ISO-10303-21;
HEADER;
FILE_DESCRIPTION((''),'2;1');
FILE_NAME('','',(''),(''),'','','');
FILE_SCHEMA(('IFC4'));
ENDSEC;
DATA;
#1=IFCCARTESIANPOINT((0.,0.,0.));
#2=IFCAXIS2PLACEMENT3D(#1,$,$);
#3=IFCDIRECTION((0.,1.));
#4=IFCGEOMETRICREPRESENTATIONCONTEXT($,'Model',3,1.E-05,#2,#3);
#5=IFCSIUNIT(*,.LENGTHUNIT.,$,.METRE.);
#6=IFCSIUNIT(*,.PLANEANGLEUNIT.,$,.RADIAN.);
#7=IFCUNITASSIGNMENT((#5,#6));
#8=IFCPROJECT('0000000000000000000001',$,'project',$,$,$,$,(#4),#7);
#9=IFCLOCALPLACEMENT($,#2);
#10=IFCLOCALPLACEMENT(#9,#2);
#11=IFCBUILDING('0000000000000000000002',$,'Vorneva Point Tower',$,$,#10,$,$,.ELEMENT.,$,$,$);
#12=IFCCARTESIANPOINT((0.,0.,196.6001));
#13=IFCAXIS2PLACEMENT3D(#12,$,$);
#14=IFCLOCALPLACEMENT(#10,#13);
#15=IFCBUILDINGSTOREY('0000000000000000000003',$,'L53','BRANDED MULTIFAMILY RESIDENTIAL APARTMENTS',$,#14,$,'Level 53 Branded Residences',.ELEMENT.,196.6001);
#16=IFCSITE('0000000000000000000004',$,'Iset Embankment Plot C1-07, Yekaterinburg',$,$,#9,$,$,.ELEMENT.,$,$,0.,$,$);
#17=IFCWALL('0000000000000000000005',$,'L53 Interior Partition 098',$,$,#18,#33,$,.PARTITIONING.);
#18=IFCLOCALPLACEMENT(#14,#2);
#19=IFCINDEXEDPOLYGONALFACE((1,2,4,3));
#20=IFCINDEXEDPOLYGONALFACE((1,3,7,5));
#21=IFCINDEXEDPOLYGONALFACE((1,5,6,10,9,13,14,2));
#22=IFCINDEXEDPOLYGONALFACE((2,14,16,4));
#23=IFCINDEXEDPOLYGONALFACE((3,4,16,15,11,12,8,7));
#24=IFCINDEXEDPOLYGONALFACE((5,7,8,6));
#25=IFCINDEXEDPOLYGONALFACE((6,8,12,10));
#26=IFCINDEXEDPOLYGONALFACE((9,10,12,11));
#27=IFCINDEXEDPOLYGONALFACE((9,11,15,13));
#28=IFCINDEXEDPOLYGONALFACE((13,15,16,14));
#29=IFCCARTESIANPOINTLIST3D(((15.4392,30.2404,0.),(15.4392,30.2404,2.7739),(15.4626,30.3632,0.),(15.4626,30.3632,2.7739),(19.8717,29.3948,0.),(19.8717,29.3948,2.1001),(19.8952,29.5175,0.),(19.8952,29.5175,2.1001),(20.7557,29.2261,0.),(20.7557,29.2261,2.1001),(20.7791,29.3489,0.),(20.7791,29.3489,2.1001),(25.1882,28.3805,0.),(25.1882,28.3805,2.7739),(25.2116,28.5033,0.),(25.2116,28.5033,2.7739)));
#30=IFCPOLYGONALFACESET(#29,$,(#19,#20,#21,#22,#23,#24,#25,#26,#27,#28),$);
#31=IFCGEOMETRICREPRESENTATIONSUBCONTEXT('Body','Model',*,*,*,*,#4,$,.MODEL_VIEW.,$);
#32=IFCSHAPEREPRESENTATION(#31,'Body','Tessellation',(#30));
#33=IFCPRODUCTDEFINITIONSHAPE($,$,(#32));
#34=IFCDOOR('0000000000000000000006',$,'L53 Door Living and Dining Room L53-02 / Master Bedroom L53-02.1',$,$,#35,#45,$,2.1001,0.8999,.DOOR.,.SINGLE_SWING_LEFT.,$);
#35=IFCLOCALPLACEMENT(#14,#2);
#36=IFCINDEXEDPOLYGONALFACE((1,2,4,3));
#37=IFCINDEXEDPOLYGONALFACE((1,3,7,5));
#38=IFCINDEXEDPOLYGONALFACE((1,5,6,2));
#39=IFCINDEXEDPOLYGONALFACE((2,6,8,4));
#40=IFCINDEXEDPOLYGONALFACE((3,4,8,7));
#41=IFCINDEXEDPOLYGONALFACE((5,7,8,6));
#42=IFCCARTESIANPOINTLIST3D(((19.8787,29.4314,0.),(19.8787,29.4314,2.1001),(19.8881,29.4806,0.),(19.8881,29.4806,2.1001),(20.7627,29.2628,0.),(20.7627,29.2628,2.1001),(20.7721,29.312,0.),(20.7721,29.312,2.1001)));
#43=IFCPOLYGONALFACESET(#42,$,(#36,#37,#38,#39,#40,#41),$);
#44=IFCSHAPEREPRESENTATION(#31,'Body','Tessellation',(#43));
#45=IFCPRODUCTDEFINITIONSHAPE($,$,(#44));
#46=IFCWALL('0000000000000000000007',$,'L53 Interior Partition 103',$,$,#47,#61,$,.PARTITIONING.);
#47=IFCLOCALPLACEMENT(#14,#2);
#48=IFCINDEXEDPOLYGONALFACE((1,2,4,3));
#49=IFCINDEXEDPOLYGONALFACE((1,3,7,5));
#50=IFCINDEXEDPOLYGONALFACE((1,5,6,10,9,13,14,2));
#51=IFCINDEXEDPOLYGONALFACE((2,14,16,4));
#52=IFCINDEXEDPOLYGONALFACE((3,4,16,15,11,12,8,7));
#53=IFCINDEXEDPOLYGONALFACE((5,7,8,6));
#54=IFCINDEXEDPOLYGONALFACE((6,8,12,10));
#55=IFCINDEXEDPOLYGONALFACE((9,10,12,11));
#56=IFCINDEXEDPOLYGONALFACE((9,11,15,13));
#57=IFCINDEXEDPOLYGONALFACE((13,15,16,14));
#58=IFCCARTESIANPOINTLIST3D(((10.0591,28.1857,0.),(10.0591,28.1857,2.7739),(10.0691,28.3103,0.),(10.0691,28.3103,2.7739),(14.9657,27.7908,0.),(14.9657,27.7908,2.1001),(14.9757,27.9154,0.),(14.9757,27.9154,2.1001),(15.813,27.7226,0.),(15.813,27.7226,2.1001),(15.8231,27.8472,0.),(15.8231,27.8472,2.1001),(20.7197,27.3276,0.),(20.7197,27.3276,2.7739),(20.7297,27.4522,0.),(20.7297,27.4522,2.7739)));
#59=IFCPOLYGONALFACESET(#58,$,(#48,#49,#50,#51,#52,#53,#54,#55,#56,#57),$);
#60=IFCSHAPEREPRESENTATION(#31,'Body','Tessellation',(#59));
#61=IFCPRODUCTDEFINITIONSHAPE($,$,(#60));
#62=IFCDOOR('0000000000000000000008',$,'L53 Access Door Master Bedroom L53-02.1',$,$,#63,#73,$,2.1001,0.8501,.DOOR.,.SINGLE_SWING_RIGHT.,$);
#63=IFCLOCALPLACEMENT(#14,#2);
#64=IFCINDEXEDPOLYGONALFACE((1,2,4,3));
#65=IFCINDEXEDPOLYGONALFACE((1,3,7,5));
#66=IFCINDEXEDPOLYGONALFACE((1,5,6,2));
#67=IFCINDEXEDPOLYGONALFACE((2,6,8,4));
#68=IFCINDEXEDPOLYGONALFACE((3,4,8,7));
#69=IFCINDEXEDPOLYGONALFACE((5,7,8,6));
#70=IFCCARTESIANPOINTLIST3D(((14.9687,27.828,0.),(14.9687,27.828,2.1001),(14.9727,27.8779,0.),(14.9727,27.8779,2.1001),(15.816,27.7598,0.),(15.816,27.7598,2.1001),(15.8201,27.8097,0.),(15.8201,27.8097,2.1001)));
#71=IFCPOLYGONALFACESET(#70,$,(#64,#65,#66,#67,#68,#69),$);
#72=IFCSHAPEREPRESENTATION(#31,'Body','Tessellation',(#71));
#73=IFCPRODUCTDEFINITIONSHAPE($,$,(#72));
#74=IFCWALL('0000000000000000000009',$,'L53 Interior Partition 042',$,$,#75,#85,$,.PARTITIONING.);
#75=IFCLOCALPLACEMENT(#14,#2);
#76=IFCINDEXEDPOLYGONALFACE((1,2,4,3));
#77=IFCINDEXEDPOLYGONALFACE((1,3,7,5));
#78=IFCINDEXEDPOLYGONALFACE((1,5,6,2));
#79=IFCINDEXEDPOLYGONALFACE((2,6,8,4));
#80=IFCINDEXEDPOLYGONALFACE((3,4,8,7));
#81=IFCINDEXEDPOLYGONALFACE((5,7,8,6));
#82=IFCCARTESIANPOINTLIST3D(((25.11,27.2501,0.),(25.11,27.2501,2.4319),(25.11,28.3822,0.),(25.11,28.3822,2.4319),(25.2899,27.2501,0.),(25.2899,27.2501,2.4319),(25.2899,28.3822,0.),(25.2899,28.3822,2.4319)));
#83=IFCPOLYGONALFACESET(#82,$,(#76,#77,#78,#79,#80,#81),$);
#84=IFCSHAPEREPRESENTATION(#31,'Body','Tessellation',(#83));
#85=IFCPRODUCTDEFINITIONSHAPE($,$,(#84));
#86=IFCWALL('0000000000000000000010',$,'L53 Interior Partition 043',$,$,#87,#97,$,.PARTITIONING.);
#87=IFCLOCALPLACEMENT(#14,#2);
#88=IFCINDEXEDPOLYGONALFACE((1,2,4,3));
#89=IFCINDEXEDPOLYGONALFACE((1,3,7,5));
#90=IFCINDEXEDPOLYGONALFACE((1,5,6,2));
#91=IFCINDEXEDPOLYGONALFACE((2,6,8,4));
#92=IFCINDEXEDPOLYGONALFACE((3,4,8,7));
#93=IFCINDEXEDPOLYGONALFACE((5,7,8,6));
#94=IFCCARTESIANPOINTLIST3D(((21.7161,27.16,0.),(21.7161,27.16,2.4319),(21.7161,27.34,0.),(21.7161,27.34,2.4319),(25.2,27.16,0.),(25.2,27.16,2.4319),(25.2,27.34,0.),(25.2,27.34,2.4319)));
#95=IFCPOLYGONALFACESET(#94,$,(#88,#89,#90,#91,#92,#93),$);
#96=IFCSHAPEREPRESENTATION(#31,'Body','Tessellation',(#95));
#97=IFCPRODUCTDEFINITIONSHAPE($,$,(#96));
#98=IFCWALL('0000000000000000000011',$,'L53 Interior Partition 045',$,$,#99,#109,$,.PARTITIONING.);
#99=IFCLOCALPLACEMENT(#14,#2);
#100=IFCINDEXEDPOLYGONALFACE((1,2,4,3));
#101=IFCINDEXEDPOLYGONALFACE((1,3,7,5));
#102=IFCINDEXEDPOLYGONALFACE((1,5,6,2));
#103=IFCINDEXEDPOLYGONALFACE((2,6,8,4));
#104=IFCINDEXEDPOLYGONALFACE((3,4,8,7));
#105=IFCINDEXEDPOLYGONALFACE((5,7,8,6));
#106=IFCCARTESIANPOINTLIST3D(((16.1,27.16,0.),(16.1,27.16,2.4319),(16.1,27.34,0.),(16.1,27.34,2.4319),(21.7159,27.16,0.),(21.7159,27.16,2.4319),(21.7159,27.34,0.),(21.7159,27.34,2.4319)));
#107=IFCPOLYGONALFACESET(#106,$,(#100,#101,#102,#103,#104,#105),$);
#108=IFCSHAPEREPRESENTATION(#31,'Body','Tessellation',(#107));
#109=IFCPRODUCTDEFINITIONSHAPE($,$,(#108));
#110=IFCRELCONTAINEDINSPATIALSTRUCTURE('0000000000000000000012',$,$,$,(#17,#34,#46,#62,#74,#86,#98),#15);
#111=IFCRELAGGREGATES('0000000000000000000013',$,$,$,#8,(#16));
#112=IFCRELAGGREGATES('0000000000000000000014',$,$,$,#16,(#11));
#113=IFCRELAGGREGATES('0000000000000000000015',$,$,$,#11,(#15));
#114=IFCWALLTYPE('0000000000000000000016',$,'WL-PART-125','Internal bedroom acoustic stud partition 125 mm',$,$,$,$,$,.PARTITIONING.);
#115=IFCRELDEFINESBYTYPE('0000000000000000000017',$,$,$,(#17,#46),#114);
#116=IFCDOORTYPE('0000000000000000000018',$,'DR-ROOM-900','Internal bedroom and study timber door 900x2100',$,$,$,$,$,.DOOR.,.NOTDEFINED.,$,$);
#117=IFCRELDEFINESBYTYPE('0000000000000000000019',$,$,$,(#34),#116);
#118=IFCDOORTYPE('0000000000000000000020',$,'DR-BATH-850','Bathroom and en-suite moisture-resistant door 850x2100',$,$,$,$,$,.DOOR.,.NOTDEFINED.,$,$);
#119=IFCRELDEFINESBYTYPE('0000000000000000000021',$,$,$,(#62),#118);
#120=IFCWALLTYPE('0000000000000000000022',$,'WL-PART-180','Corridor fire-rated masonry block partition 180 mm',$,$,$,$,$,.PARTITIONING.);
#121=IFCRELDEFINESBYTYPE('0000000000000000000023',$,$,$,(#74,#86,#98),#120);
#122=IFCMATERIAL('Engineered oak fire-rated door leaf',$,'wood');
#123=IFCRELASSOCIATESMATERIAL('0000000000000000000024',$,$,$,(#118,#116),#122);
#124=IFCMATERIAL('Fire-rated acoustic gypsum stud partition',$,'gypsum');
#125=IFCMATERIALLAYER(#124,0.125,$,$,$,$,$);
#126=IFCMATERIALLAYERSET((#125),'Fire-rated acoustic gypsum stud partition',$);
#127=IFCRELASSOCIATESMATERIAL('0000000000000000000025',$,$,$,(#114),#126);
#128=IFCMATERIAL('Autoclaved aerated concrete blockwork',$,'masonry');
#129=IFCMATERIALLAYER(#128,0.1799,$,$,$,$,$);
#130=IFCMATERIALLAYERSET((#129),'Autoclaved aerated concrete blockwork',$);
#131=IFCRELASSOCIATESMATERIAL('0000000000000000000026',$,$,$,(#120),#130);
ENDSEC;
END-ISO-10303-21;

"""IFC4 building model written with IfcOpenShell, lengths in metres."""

from ifc_helpers import new_model, si_unit, direction, frame, frame_2d, origin, place, context, subcontext, project, spatial, rectangle, extrude, material, layer, layer_set, type_object, element, fill, save


model = new_model("IFC4")

# Units and contexts
model_context = context("Model", 3, precision=1e-05, world=origin(), true_north=direction((0.0, 1.0)))
body_context = subcontext(model_context, "Body", "Model", "MODEL_VIEW")
ifc_project = project(units=[si_unit("LENGTHUNIT", "METRE"), si_unit("PLANEANGLEUNIT", "RADIAN")], contexts=[model_context])

# Site, building, storey
site_placement = place(None, origin())
site = spatial("IfcSite", under=ifc_project, at=site_placement, Name="Iset Embankment Plot C1-07, Yekaterinburg", CompositionType="ELEMENT", RefElevation=0.0)
building_placement = place(site_placement, origin())
building = spatial("IfcBuilding", under=site, at=building_placement, Name="Vorneva Point Tower", CompositionType="ELEMENT")
storey_placement = place(building_placement, frame((0.0, 0.0, 196.6001)))
storey = spatial("IfcBuildingStorey", under=building, at=storey_placement, Name="L53", Description="BRANDED MULTIFAMILY RESIDENTIAL APARTMENTS", LongName="Level 53 Branded Residences", CompositionType="ELEMENT", Elevation=196.6001)

# Shared definitions
ifc_material_1 = material(Name="Fire-rated acoustic gypsum stud partition", Category="gypsum")
ifc_material_2 = material(Name="Engineered oak fire-rated door leaf", Category="wood")
door_type_1 = type_object("IfcDoorType", Name="DR-BATH-850", Description="Bathroom and en-suite moisture-resistant door 850x2100", OperationType="NOTDEFINED", PredefinedType="DOOR", material=ifc_material_2)

# Shared definitions
ifc_layer_1 = layer(ifc_material_1, 0.125)
ifc_layer_set_1 = layer_set([ifc_layer_1], Name="Fire-rated acoustic gypsum stud partition")
wall_type_1 = type_object("IfcWallType", Name="WL-PART-125", Description="Internal bedroom acoustic stud partition 125 mm", PredefinedType="PARTITIONING", material=ifc_layer_set_1)

# Walls, openings, doors
wall_1_placement = place(storey_placement, frame((15.4509, 30.3018, 0.0), z_axis=(0.0, 0.0, 1.0), x_axis=(0.982285, -0.187395, 0.0)))
wall_1 = element("IfcWall", 1, at=wall_1_placement, inside=storey, type_object=wall_type_1, Name="L53 Interior Partition 098", PredefinedType="PARTITIONING", context=body_context, shape_type="SweptSolid", body=[
    extrude(rectangle(XDim=9.9248, YDim=0.125, at=frame_2d((4.9624, 0.0))), origin(), (0.0, 0.0, 1.0), 2.7739),
])
opening_1_placement = place(wall_1_placement, frame((4.5125, 0.0, 0.0)))
opening_1 = element("IfcOpeningElement", 2, at=opening_1_placement, cuts=wall_1, PredefinedType="OPENING", context=body_context, shape_type="SweptSolid", body=[
    extrude(rectangle(XDim=0.8999, YDim=2.1001, at=frame_2d((0.45, 1.05))), frame((0.0, 0.0774, 0.0), z_axis=(0.0, -1.0, 0.0), x_axis=(1.0, 0.0, 0.0)), (0.0, 0.0, 1.0), 0.1548),
])
door_type_2 = type_object("IfcDoorType", Name="DR-ROOM-900", Description="Internal bedroom and study timber door 900x2100", OperationType="NOTDEFINED", PredefinedType="DOOR", material=ifc_material_2)
door_1_placement = place(opening_1_placement, origin())
door_1 = element("IfcDoor", 3, at=door_1_placement, inside=storey, type_object=door_type_2, Name="L53 Door Living and Dining Room L53-02 / Master Bedroom L53-02.1", OperationType="SINGLE_SWING_LEFT", OverallHeight=2.1001, OverallWidth=0.8999, PredefinedType="DOOR", context=body_context, shape_type="SweptSolid", body=[
    extrude(rectangle(XDim=0.8999, YDim=2.1001, at=frame_2d((0.45, 1.05))), frame((0.0, 0.0249, 0.0), z_axis=(0.0, -1.0, 0.0), x_axis=(1.0, 0.0, 0.0)), (0.0, 0.0, 1.0), 0.05),
])
fill(opening_1, door_1)
wall_2_placement = place(storey_placement, frame((10.064, 28.248, 0.0), z_axis=(0.0, 0.0, 1.0), x_axis=(0.996776, -0.080238, 0.0)))
wall_2 = element("IfcWall", 4, at=wall_2_placement, inside=storey, type_object=wall_type_1, Name="L53 Interior Partition 103", PredefinedType="PARTITIONING", context=body_context, shape_type="SweptSolid", body=[
    extrude(rectangle(XDim=10.6951, YDim=0.125, at=frame_2d((5.3477, 0.0))), origin(), (0.0, 0.0, 1.0), 2.7739),
])
opening_2_placement = place(wall_2_placement, frame((4.9226, 0.0, 0.0)))
opening_2 = element("IfcOpeningElement", 5, at=opening_2_placement, cuts=wall_2, PredefinedType="OPENING", context=body_context, shape_type="SweptSolid", body=[
    extrude(rectangle(XDim=0.8501, YDim=2.1001, at=frame_2d((0.425, 1.05))), frame((0.0, 0.0774, 0.0), z_axis=(0.0, -1.0, 0.0), x_axis=(1.0, 0.0, 0.0)), (0.0, 0.0, 1.0), 0.1548),
])
door_2_placement = place(opening_2_placement, origin())
door_2 = element("IfcDoor", 6, at=door_2_placement, inside=storey, type_object=door_type_1, Name="L53 Access Door Master Bedroom L53-02.1", OperationType="SINGLE_SWING_RIGHT", OverallHeight=2.1001, OverallWidth=0.8501, PredefinedType="DOOR", context=body_context, shape_type="SweptSolid", body=[
    extrude(rectangle(XDim=0.8501, YDim=2.1001, at=frame_2d((0.425, 1.05))), frame((0.0, 0.0249, 0.0), z_axis=(0.0, -1.0, 0.0), x_axis=(1.0, 0.0, 0.0)), (0.0, 0.0, 1.0), 0.05),
])
fill(opening_2, door_2)
ifc_material_3 = material(Name="Autoclaved aerated concrete blockwork", Category="masonry")
ifc_layer_2 = layer(ifc_material_3, 0.1799)
ifc_layer_set_2 = layer_set([ifc_layer_2], Name="Autoclaved aerated concrete blockwork")
wall_type_2 = type_object("IfcWallType", Name="WL-PART-180", Description="Corridor fire-rated masonry block partition 180 mm", PredefinedType="PARTITIONING", material=ifc_layer_set_2)

# Walls
wall_3_placement = place(storey_placement, frame((25.2, 28.3821, 0.0), z_axis=(0.0, 0.0, 1.0), x_axis=(0.0, -1.0, 0.0)))
element("IfcWall", 7, at=wall_3_placement, inside=storey, type_object=wall_type_2, Name="L53 Interior Partition 042", PredefinedType="PARTITIONING", context=body_context, shape_type="SweptSolid", body=[
    extrude(rectangle(XDim=1.1321, YDim=0.1799, at=frame_2d((0.5659, 0.0))), origin(), (0.0, 0.0, 1.0), 2.4319),
])
wall_4_placement = place(storey_placement, frame((25.2, 27.25, 0.0), z_axis=(0.0, 0.0, 1.0), x_axis=(-1.0, 0.0, 0.0)))
element("IfcWall", 8, at=wall_4_placement, inside=storey, type_object=wall_type_2, Name="L53 Interior Partition 043", PredefinedType="PARTITIONING", context=body_context, shape_type="SweptSolid", body=[
    extrude(rectangle(XDim=3.4839, YDim=0.1799, at=frame_2d((1.7419, 0.0))), origin(), (0.0, 0.0, 1.0), 2.4319),
])
wall_5_placement = place(storey_placement, frame((21.7161, 27.25, 0.0), z_axis=(0.0, 0.0, 1.0), x_axis=(-1.0, 0.0, 0.0)))
element("IfcWall", 9, at=wall_5_placement, inside=storey, type_object=wall_type_2, Name="L53 Interior Partition 045", PredefinedType="PARTITIONING", context=body_context, shape_type="SweptSolid", body=[
    extrude(rectangle(XDim=5.616, YDim=0.1799, at=frame_2d((2.8081, 0.0))), origin(), (0.0, 0.0, 1.0), 2.4319),
])

save(model, "model.ifc")
